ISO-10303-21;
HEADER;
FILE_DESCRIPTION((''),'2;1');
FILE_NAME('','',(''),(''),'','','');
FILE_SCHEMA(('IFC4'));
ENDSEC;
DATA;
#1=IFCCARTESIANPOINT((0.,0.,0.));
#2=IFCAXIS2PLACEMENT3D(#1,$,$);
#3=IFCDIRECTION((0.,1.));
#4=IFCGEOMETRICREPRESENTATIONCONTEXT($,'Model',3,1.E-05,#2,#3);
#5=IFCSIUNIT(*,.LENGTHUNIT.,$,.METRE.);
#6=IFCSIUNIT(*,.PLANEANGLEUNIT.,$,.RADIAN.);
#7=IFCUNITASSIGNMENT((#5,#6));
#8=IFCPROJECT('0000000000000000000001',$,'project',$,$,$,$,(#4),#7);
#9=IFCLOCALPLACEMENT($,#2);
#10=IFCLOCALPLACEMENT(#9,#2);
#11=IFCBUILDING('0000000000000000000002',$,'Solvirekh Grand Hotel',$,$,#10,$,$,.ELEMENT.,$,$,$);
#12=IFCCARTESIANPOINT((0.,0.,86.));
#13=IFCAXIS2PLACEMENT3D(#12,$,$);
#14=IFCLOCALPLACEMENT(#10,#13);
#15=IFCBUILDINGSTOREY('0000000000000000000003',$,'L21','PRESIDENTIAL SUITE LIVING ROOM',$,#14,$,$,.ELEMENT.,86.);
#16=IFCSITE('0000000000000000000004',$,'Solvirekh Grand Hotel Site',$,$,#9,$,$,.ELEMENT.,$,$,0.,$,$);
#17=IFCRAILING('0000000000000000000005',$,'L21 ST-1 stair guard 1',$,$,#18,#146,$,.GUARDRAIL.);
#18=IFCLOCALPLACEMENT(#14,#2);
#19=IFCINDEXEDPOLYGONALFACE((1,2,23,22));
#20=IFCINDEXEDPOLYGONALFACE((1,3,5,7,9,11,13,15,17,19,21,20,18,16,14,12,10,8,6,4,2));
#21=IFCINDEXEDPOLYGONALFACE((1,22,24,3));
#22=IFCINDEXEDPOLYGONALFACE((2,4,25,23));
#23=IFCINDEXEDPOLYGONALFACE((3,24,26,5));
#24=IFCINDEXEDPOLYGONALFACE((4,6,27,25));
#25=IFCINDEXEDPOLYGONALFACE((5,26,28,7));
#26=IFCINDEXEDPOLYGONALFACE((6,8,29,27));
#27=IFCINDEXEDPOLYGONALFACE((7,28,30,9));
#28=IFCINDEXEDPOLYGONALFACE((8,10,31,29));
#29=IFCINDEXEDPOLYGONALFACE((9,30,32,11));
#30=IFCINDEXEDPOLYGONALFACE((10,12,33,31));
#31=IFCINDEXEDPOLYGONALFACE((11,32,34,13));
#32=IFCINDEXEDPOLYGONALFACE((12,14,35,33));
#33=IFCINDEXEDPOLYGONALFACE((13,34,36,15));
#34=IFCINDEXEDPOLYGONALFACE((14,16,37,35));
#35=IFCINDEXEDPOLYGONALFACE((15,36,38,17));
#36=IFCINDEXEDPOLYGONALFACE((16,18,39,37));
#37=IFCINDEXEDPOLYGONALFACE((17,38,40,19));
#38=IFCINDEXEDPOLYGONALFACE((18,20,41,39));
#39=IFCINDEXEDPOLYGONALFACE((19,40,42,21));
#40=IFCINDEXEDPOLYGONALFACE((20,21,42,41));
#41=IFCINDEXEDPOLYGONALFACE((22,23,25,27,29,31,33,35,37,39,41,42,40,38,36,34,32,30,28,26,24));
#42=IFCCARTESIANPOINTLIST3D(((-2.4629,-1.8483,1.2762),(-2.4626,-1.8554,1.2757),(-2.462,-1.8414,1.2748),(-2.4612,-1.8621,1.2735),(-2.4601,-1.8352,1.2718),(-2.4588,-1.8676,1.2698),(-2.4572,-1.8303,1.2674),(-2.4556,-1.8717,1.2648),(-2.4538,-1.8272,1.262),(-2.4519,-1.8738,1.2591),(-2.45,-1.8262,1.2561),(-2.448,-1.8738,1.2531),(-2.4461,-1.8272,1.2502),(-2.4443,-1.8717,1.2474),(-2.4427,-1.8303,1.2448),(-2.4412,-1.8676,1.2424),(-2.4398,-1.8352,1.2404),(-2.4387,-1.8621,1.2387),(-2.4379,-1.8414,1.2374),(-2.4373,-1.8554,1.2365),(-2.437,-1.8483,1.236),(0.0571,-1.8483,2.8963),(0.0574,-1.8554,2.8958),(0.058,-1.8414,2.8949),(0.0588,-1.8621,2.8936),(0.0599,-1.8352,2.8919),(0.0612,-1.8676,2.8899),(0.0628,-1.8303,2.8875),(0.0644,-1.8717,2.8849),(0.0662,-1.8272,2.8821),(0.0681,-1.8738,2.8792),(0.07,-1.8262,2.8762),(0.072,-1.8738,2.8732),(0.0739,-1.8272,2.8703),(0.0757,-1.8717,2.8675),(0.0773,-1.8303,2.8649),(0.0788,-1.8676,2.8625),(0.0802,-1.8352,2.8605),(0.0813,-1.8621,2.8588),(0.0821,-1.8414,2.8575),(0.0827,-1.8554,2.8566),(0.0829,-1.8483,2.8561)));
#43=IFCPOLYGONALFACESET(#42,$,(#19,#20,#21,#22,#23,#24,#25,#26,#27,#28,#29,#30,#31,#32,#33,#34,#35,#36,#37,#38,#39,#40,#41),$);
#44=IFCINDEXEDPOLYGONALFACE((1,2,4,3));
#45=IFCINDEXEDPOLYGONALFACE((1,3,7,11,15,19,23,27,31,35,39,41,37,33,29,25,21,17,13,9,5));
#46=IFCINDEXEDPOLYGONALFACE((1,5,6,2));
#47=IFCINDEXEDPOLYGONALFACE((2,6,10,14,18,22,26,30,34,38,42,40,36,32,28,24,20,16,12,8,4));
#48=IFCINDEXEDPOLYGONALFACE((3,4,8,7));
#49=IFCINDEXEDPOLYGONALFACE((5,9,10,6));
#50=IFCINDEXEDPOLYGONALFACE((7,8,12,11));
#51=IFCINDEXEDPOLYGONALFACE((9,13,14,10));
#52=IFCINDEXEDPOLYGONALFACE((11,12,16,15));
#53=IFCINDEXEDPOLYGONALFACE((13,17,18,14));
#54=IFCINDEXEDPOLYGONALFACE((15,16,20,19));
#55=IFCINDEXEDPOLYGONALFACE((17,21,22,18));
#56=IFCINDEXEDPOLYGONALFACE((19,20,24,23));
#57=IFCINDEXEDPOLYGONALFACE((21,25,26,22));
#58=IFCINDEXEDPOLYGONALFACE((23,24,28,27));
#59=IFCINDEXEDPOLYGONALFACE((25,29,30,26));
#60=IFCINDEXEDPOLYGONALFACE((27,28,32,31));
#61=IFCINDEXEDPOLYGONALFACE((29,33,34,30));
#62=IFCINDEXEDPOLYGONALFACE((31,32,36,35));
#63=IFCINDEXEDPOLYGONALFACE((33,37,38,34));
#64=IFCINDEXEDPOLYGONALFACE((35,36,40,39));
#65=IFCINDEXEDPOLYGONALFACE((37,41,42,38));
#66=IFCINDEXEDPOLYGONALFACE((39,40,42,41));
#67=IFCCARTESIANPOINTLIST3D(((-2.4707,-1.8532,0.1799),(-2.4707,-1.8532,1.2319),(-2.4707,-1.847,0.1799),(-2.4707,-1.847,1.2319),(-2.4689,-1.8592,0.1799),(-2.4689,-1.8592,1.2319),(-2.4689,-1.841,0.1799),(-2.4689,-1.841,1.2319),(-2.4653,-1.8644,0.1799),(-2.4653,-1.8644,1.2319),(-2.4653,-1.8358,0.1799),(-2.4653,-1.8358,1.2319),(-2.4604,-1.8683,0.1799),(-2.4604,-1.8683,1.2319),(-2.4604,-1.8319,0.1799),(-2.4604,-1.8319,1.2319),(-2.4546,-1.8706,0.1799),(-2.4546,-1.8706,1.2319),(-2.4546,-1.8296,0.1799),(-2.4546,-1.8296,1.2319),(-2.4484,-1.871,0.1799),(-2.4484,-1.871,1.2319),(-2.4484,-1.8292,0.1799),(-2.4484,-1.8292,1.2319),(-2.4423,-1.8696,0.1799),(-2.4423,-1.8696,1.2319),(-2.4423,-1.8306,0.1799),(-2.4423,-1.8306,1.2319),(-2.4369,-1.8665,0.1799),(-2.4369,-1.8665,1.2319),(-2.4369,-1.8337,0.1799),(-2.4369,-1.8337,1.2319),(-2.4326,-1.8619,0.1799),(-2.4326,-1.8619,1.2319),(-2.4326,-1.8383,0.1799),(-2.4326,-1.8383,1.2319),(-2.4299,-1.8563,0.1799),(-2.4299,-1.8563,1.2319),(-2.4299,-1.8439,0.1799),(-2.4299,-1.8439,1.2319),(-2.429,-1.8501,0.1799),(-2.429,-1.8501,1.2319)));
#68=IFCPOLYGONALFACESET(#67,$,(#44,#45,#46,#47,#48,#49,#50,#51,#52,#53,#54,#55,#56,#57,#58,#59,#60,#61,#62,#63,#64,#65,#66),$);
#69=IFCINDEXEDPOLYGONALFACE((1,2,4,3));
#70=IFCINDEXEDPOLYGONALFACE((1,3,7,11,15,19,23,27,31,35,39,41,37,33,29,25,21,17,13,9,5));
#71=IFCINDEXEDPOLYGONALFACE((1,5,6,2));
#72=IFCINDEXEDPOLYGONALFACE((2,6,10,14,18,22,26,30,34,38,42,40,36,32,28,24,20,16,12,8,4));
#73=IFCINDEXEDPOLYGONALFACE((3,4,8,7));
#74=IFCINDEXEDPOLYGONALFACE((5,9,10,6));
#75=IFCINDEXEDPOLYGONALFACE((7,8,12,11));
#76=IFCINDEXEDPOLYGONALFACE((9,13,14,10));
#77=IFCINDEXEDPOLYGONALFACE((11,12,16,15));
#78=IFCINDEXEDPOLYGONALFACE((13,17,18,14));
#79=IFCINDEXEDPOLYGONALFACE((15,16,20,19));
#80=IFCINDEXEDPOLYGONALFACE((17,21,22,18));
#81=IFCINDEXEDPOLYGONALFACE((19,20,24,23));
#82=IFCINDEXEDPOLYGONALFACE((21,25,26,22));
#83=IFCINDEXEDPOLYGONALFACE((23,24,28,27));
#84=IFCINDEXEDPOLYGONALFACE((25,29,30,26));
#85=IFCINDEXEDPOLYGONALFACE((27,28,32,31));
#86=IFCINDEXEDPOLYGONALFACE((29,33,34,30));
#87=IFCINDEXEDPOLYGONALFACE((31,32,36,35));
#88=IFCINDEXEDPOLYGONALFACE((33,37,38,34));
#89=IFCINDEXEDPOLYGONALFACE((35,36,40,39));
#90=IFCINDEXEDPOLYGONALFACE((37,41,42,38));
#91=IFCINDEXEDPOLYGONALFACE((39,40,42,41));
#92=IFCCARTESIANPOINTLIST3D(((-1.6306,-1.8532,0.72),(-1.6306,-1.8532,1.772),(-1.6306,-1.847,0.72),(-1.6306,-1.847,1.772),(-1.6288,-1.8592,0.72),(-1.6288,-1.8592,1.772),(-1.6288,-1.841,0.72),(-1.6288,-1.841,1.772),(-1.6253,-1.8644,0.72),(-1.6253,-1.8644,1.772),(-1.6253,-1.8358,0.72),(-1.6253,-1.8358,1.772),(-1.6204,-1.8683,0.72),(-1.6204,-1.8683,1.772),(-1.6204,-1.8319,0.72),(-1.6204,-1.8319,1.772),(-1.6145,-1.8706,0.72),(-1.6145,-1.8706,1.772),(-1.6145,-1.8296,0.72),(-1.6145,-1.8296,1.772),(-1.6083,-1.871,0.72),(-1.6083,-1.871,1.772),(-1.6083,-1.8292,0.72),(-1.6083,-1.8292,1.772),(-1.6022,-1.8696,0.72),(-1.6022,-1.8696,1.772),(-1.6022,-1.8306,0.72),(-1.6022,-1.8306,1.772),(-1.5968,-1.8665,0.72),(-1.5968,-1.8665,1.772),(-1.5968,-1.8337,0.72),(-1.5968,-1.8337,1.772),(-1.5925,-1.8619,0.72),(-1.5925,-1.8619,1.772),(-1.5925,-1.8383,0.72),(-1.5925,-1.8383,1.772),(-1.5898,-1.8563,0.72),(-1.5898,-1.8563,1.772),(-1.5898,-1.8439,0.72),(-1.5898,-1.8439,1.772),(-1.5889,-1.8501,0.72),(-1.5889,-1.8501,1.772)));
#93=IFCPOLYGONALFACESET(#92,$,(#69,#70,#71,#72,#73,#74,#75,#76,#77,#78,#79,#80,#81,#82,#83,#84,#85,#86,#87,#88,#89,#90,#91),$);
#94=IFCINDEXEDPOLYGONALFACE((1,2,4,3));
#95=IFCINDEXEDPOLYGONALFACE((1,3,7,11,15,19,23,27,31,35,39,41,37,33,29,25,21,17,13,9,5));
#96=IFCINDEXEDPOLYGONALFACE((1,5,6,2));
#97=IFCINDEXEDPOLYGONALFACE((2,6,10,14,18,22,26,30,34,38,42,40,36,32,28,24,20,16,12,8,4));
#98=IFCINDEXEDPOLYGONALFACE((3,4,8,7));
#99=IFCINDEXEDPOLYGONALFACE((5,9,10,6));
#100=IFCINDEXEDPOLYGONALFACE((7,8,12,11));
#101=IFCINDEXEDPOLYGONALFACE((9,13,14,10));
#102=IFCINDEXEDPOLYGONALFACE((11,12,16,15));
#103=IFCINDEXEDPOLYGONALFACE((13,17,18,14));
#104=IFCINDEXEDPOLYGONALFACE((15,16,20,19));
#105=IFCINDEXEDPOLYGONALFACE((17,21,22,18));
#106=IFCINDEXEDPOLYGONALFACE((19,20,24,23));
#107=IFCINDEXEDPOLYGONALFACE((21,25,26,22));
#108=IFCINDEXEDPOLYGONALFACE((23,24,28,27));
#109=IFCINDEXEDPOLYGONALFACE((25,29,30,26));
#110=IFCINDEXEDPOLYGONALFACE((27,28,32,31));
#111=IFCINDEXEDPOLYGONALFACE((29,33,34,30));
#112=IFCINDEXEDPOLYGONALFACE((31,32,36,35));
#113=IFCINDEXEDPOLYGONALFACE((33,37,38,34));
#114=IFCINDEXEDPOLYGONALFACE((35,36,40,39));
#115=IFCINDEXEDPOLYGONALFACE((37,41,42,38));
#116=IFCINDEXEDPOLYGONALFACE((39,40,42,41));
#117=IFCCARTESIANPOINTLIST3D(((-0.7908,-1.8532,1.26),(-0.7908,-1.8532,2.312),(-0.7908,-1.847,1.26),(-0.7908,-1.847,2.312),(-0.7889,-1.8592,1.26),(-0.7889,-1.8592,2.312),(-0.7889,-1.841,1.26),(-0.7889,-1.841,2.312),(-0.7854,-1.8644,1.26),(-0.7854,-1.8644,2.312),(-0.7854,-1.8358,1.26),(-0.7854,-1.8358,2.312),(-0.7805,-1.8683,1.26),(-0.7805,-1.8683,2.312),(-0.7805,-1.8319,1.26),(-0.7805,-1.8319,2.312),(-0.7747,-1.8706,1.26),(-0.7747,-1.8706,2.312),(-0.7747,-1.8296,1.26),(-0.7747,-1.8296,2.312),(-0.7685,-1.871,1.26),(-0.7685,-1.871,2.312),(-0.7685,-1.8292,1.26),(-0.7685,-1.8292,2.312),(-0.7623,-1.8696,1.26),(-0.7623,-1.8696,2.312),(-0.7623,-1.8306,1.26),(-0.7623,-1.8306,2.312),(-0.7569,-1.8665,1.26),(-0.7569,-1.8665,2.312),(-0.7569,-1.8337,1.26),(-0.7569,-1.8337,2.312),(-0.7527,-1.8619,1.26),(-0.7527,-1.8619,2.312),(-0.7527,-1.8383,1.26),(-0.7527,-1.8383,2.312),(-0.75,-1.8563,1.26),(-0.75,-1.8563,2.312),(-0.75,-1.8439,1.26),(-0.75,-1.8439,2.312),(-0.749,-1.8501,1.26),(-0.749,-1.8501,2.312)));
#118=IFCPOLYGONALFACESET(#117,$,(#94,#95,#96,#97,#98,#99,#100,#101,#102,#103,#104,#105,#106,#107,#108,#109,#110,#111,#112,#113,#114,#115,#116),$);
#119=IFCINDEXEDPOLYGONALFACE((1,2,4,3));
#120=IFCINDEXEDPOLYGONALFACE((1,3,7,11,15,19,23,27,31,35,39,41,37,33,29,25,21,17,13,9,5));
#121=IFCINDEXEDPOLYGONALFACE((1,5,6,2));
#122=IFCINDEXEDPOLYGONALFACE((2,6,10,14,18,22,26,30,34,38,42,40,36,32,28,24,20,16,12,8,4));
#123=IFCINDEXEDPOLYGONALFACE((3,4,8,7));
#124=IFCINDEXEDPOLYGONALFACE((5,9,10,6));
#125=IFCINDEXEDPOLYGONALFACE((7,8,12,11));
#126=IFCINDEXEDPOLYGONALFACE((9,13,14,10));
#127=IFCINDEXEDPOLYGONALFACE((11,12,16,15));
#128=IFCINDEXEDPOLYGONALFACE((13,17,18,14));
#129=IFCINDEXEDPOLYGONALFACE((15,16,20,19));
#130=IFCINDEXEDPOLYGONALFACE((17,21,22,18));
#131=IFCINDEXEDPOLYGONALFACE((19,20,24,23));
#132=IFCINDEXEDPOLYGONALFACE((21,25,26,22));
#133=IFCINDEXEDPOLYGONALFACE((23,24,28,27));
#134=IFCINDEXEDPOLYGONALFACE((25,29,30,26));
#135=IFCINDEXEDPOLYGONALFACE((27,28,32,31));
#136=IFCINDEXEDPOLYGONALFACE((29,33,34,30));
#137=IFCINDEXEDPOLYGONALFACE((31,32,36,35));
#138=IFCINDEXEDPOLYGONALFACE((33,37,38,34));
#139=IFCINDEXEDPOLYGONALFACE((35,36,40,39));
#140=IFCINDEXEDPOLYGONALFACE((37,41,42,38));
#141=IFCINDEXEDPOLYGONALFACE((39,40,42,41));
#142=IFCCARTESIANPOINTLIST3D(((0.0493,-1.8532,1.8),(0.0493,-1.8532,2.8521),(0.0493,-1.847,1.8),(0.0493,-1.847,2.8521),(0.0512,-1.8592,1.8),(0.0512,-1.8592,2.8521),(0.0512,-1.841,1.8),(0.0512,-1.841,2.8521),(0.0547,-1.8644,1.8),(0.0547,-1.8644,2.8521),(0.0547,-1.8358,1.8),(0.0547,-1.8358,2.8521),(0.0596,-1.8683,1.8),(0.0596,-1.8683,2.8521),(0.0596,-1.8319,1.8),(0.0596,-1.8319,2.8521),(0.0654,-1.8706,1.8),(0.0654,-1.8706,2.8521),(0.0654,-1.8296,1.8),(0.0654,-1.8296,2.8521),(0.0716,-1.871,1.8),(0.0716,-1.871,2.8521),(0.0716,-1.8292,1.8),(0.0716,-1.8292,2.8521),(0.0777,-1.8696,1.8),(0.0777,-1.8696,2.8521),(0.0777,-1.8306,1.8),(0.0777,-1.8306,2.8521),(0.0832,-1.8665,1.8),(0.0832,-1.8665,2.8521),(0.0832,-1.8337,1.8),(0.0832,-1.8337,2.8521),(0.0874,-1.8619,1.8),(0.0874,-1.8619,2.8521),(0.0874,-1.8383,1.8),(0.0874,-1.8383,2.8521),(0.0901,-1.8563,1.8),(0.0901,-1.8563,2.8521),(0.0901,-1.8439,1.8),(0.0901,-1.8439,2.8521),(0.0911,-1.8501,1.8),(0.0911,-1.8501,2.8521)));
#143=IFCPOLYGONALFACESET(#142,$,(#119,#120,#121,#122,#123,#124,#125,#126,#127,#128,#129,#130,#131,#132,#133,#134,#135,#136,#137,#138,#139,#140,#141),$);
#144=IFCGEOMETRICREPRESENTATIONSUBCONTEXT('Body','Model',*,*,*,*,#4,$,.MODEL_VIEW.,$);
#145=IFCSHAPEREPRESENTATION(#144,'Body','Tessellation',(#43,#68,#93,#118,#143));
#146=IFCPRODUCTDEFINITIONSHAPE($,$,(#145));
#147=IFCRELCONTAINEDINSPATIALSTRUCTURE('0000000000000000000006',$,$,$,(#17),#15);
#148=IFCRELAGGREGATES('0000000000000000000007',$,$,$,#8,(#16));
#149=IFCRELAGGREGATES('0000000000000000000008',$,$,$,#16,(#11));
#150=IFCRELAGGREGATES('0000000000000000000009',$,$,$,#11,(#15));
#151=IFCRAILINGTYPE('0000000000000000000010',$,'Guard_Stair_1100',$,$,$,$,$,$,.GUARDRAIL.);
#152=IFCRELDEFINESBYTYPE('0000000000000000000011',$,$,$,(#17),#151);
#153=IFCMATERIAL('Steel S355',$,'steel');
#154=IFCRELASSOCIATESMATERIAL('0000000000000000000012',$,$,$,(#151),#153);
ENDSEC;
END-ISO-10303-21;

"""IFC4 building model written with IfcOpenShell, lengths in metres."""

from ifc_helpers import new_model, si_unit, direction, frame, origin, origin_2d, place, context, subcontext, project, spatial, circle, extrude, material, type_object, element, save


model = new_model("IFC4")

# Units and contexts
model_context = context("Model", 3, precision=1e-05, world=origin(), true_north=direction((0.0, 1.0)))
body_context = subcontext(model_context, "Body", "Model", "MODEL_VIEW")
ifc_project = project(units=[si_unit("LENGTHUNIT", "METRE"), si_unit("PLANEANGLEUNIT", "RADIAN")], contexts=[model_context])

# Site, building, storey
site_placement = place(None, origin())
site = spatial("IfcSite", under=ifc_project, at=site_placement, Name="Solvirekh Grand Hotel Site", CompositionType="ELEMENT", RefElevation=0.0)
building_placement = place(site_placement, origin())
building = spatial("IfcBuilding", under=site, at=building_placement, Name="Solvirekh Grand Hotel", CompositionType="ELEMENT")
storey_placement = place(building_placement, frame((0.0, 0.0, 86.0)))
storey = spatial("IfcBuildingStorey", under=building, at=storey_placement, Name="L21", Description="PRESIDENTIAL SUITE LIVING ROOM", CompositionType="ELEMENT", Elevation=86.0)

# Shared definitions
ifc_material_1 = material(Name="Steel S355", Category="steel")

# Railing
railing_type_1 = type_object("IfcRailingType", Name="Guard_Stair_1100", PredefinedType="GUARDRAIL", material=ifc_material_1)
railing_1_placement = place(storey_placement, frame((-2.45, -1.8501, 0.1799)))
element("IfcRailing", 1, at=railing_1_placement, inside=storey, type_object=railing_type_1, Name="L21 ST-1 stair guard 1", PredefinedType="GUARDRAIL", context=body_context, shape_type="SweptSolid", body=[
    extrude(circle(Radius=0.0239, at=origin_2d()), frame((0.0, 0.0, 1.0762), z_axis=(0.841163, 0.0, 0.540782), x_axis=(0.0, 1.0, 0.0)), (0.0, 0.0, 1.0), 2.9958),
    extrude(circle(Radius=0.021, at=origin_2d()), origin(), (0.0, 0.0, 1.0), 1.052),
    extrude(circle(Radius=0.021, at=origin_2d()), frame((0.8401, 0.0, 0.54)), (0.0, 0.0, 1.0), 1.052),
    extrude(circle(Radius=0.021, at=origin_2d()), frame((1.6799, 0.0, 1.0801)), (0.0, 0.0, 1.0), 1.052),
    extrude(circle(Radius=0.021, at=origin_2d()), frame((2.52, 0.0, 1.6201)), (0.0, 0.0, 1.0), 1.052),
])

save(model, "model.ifc")
